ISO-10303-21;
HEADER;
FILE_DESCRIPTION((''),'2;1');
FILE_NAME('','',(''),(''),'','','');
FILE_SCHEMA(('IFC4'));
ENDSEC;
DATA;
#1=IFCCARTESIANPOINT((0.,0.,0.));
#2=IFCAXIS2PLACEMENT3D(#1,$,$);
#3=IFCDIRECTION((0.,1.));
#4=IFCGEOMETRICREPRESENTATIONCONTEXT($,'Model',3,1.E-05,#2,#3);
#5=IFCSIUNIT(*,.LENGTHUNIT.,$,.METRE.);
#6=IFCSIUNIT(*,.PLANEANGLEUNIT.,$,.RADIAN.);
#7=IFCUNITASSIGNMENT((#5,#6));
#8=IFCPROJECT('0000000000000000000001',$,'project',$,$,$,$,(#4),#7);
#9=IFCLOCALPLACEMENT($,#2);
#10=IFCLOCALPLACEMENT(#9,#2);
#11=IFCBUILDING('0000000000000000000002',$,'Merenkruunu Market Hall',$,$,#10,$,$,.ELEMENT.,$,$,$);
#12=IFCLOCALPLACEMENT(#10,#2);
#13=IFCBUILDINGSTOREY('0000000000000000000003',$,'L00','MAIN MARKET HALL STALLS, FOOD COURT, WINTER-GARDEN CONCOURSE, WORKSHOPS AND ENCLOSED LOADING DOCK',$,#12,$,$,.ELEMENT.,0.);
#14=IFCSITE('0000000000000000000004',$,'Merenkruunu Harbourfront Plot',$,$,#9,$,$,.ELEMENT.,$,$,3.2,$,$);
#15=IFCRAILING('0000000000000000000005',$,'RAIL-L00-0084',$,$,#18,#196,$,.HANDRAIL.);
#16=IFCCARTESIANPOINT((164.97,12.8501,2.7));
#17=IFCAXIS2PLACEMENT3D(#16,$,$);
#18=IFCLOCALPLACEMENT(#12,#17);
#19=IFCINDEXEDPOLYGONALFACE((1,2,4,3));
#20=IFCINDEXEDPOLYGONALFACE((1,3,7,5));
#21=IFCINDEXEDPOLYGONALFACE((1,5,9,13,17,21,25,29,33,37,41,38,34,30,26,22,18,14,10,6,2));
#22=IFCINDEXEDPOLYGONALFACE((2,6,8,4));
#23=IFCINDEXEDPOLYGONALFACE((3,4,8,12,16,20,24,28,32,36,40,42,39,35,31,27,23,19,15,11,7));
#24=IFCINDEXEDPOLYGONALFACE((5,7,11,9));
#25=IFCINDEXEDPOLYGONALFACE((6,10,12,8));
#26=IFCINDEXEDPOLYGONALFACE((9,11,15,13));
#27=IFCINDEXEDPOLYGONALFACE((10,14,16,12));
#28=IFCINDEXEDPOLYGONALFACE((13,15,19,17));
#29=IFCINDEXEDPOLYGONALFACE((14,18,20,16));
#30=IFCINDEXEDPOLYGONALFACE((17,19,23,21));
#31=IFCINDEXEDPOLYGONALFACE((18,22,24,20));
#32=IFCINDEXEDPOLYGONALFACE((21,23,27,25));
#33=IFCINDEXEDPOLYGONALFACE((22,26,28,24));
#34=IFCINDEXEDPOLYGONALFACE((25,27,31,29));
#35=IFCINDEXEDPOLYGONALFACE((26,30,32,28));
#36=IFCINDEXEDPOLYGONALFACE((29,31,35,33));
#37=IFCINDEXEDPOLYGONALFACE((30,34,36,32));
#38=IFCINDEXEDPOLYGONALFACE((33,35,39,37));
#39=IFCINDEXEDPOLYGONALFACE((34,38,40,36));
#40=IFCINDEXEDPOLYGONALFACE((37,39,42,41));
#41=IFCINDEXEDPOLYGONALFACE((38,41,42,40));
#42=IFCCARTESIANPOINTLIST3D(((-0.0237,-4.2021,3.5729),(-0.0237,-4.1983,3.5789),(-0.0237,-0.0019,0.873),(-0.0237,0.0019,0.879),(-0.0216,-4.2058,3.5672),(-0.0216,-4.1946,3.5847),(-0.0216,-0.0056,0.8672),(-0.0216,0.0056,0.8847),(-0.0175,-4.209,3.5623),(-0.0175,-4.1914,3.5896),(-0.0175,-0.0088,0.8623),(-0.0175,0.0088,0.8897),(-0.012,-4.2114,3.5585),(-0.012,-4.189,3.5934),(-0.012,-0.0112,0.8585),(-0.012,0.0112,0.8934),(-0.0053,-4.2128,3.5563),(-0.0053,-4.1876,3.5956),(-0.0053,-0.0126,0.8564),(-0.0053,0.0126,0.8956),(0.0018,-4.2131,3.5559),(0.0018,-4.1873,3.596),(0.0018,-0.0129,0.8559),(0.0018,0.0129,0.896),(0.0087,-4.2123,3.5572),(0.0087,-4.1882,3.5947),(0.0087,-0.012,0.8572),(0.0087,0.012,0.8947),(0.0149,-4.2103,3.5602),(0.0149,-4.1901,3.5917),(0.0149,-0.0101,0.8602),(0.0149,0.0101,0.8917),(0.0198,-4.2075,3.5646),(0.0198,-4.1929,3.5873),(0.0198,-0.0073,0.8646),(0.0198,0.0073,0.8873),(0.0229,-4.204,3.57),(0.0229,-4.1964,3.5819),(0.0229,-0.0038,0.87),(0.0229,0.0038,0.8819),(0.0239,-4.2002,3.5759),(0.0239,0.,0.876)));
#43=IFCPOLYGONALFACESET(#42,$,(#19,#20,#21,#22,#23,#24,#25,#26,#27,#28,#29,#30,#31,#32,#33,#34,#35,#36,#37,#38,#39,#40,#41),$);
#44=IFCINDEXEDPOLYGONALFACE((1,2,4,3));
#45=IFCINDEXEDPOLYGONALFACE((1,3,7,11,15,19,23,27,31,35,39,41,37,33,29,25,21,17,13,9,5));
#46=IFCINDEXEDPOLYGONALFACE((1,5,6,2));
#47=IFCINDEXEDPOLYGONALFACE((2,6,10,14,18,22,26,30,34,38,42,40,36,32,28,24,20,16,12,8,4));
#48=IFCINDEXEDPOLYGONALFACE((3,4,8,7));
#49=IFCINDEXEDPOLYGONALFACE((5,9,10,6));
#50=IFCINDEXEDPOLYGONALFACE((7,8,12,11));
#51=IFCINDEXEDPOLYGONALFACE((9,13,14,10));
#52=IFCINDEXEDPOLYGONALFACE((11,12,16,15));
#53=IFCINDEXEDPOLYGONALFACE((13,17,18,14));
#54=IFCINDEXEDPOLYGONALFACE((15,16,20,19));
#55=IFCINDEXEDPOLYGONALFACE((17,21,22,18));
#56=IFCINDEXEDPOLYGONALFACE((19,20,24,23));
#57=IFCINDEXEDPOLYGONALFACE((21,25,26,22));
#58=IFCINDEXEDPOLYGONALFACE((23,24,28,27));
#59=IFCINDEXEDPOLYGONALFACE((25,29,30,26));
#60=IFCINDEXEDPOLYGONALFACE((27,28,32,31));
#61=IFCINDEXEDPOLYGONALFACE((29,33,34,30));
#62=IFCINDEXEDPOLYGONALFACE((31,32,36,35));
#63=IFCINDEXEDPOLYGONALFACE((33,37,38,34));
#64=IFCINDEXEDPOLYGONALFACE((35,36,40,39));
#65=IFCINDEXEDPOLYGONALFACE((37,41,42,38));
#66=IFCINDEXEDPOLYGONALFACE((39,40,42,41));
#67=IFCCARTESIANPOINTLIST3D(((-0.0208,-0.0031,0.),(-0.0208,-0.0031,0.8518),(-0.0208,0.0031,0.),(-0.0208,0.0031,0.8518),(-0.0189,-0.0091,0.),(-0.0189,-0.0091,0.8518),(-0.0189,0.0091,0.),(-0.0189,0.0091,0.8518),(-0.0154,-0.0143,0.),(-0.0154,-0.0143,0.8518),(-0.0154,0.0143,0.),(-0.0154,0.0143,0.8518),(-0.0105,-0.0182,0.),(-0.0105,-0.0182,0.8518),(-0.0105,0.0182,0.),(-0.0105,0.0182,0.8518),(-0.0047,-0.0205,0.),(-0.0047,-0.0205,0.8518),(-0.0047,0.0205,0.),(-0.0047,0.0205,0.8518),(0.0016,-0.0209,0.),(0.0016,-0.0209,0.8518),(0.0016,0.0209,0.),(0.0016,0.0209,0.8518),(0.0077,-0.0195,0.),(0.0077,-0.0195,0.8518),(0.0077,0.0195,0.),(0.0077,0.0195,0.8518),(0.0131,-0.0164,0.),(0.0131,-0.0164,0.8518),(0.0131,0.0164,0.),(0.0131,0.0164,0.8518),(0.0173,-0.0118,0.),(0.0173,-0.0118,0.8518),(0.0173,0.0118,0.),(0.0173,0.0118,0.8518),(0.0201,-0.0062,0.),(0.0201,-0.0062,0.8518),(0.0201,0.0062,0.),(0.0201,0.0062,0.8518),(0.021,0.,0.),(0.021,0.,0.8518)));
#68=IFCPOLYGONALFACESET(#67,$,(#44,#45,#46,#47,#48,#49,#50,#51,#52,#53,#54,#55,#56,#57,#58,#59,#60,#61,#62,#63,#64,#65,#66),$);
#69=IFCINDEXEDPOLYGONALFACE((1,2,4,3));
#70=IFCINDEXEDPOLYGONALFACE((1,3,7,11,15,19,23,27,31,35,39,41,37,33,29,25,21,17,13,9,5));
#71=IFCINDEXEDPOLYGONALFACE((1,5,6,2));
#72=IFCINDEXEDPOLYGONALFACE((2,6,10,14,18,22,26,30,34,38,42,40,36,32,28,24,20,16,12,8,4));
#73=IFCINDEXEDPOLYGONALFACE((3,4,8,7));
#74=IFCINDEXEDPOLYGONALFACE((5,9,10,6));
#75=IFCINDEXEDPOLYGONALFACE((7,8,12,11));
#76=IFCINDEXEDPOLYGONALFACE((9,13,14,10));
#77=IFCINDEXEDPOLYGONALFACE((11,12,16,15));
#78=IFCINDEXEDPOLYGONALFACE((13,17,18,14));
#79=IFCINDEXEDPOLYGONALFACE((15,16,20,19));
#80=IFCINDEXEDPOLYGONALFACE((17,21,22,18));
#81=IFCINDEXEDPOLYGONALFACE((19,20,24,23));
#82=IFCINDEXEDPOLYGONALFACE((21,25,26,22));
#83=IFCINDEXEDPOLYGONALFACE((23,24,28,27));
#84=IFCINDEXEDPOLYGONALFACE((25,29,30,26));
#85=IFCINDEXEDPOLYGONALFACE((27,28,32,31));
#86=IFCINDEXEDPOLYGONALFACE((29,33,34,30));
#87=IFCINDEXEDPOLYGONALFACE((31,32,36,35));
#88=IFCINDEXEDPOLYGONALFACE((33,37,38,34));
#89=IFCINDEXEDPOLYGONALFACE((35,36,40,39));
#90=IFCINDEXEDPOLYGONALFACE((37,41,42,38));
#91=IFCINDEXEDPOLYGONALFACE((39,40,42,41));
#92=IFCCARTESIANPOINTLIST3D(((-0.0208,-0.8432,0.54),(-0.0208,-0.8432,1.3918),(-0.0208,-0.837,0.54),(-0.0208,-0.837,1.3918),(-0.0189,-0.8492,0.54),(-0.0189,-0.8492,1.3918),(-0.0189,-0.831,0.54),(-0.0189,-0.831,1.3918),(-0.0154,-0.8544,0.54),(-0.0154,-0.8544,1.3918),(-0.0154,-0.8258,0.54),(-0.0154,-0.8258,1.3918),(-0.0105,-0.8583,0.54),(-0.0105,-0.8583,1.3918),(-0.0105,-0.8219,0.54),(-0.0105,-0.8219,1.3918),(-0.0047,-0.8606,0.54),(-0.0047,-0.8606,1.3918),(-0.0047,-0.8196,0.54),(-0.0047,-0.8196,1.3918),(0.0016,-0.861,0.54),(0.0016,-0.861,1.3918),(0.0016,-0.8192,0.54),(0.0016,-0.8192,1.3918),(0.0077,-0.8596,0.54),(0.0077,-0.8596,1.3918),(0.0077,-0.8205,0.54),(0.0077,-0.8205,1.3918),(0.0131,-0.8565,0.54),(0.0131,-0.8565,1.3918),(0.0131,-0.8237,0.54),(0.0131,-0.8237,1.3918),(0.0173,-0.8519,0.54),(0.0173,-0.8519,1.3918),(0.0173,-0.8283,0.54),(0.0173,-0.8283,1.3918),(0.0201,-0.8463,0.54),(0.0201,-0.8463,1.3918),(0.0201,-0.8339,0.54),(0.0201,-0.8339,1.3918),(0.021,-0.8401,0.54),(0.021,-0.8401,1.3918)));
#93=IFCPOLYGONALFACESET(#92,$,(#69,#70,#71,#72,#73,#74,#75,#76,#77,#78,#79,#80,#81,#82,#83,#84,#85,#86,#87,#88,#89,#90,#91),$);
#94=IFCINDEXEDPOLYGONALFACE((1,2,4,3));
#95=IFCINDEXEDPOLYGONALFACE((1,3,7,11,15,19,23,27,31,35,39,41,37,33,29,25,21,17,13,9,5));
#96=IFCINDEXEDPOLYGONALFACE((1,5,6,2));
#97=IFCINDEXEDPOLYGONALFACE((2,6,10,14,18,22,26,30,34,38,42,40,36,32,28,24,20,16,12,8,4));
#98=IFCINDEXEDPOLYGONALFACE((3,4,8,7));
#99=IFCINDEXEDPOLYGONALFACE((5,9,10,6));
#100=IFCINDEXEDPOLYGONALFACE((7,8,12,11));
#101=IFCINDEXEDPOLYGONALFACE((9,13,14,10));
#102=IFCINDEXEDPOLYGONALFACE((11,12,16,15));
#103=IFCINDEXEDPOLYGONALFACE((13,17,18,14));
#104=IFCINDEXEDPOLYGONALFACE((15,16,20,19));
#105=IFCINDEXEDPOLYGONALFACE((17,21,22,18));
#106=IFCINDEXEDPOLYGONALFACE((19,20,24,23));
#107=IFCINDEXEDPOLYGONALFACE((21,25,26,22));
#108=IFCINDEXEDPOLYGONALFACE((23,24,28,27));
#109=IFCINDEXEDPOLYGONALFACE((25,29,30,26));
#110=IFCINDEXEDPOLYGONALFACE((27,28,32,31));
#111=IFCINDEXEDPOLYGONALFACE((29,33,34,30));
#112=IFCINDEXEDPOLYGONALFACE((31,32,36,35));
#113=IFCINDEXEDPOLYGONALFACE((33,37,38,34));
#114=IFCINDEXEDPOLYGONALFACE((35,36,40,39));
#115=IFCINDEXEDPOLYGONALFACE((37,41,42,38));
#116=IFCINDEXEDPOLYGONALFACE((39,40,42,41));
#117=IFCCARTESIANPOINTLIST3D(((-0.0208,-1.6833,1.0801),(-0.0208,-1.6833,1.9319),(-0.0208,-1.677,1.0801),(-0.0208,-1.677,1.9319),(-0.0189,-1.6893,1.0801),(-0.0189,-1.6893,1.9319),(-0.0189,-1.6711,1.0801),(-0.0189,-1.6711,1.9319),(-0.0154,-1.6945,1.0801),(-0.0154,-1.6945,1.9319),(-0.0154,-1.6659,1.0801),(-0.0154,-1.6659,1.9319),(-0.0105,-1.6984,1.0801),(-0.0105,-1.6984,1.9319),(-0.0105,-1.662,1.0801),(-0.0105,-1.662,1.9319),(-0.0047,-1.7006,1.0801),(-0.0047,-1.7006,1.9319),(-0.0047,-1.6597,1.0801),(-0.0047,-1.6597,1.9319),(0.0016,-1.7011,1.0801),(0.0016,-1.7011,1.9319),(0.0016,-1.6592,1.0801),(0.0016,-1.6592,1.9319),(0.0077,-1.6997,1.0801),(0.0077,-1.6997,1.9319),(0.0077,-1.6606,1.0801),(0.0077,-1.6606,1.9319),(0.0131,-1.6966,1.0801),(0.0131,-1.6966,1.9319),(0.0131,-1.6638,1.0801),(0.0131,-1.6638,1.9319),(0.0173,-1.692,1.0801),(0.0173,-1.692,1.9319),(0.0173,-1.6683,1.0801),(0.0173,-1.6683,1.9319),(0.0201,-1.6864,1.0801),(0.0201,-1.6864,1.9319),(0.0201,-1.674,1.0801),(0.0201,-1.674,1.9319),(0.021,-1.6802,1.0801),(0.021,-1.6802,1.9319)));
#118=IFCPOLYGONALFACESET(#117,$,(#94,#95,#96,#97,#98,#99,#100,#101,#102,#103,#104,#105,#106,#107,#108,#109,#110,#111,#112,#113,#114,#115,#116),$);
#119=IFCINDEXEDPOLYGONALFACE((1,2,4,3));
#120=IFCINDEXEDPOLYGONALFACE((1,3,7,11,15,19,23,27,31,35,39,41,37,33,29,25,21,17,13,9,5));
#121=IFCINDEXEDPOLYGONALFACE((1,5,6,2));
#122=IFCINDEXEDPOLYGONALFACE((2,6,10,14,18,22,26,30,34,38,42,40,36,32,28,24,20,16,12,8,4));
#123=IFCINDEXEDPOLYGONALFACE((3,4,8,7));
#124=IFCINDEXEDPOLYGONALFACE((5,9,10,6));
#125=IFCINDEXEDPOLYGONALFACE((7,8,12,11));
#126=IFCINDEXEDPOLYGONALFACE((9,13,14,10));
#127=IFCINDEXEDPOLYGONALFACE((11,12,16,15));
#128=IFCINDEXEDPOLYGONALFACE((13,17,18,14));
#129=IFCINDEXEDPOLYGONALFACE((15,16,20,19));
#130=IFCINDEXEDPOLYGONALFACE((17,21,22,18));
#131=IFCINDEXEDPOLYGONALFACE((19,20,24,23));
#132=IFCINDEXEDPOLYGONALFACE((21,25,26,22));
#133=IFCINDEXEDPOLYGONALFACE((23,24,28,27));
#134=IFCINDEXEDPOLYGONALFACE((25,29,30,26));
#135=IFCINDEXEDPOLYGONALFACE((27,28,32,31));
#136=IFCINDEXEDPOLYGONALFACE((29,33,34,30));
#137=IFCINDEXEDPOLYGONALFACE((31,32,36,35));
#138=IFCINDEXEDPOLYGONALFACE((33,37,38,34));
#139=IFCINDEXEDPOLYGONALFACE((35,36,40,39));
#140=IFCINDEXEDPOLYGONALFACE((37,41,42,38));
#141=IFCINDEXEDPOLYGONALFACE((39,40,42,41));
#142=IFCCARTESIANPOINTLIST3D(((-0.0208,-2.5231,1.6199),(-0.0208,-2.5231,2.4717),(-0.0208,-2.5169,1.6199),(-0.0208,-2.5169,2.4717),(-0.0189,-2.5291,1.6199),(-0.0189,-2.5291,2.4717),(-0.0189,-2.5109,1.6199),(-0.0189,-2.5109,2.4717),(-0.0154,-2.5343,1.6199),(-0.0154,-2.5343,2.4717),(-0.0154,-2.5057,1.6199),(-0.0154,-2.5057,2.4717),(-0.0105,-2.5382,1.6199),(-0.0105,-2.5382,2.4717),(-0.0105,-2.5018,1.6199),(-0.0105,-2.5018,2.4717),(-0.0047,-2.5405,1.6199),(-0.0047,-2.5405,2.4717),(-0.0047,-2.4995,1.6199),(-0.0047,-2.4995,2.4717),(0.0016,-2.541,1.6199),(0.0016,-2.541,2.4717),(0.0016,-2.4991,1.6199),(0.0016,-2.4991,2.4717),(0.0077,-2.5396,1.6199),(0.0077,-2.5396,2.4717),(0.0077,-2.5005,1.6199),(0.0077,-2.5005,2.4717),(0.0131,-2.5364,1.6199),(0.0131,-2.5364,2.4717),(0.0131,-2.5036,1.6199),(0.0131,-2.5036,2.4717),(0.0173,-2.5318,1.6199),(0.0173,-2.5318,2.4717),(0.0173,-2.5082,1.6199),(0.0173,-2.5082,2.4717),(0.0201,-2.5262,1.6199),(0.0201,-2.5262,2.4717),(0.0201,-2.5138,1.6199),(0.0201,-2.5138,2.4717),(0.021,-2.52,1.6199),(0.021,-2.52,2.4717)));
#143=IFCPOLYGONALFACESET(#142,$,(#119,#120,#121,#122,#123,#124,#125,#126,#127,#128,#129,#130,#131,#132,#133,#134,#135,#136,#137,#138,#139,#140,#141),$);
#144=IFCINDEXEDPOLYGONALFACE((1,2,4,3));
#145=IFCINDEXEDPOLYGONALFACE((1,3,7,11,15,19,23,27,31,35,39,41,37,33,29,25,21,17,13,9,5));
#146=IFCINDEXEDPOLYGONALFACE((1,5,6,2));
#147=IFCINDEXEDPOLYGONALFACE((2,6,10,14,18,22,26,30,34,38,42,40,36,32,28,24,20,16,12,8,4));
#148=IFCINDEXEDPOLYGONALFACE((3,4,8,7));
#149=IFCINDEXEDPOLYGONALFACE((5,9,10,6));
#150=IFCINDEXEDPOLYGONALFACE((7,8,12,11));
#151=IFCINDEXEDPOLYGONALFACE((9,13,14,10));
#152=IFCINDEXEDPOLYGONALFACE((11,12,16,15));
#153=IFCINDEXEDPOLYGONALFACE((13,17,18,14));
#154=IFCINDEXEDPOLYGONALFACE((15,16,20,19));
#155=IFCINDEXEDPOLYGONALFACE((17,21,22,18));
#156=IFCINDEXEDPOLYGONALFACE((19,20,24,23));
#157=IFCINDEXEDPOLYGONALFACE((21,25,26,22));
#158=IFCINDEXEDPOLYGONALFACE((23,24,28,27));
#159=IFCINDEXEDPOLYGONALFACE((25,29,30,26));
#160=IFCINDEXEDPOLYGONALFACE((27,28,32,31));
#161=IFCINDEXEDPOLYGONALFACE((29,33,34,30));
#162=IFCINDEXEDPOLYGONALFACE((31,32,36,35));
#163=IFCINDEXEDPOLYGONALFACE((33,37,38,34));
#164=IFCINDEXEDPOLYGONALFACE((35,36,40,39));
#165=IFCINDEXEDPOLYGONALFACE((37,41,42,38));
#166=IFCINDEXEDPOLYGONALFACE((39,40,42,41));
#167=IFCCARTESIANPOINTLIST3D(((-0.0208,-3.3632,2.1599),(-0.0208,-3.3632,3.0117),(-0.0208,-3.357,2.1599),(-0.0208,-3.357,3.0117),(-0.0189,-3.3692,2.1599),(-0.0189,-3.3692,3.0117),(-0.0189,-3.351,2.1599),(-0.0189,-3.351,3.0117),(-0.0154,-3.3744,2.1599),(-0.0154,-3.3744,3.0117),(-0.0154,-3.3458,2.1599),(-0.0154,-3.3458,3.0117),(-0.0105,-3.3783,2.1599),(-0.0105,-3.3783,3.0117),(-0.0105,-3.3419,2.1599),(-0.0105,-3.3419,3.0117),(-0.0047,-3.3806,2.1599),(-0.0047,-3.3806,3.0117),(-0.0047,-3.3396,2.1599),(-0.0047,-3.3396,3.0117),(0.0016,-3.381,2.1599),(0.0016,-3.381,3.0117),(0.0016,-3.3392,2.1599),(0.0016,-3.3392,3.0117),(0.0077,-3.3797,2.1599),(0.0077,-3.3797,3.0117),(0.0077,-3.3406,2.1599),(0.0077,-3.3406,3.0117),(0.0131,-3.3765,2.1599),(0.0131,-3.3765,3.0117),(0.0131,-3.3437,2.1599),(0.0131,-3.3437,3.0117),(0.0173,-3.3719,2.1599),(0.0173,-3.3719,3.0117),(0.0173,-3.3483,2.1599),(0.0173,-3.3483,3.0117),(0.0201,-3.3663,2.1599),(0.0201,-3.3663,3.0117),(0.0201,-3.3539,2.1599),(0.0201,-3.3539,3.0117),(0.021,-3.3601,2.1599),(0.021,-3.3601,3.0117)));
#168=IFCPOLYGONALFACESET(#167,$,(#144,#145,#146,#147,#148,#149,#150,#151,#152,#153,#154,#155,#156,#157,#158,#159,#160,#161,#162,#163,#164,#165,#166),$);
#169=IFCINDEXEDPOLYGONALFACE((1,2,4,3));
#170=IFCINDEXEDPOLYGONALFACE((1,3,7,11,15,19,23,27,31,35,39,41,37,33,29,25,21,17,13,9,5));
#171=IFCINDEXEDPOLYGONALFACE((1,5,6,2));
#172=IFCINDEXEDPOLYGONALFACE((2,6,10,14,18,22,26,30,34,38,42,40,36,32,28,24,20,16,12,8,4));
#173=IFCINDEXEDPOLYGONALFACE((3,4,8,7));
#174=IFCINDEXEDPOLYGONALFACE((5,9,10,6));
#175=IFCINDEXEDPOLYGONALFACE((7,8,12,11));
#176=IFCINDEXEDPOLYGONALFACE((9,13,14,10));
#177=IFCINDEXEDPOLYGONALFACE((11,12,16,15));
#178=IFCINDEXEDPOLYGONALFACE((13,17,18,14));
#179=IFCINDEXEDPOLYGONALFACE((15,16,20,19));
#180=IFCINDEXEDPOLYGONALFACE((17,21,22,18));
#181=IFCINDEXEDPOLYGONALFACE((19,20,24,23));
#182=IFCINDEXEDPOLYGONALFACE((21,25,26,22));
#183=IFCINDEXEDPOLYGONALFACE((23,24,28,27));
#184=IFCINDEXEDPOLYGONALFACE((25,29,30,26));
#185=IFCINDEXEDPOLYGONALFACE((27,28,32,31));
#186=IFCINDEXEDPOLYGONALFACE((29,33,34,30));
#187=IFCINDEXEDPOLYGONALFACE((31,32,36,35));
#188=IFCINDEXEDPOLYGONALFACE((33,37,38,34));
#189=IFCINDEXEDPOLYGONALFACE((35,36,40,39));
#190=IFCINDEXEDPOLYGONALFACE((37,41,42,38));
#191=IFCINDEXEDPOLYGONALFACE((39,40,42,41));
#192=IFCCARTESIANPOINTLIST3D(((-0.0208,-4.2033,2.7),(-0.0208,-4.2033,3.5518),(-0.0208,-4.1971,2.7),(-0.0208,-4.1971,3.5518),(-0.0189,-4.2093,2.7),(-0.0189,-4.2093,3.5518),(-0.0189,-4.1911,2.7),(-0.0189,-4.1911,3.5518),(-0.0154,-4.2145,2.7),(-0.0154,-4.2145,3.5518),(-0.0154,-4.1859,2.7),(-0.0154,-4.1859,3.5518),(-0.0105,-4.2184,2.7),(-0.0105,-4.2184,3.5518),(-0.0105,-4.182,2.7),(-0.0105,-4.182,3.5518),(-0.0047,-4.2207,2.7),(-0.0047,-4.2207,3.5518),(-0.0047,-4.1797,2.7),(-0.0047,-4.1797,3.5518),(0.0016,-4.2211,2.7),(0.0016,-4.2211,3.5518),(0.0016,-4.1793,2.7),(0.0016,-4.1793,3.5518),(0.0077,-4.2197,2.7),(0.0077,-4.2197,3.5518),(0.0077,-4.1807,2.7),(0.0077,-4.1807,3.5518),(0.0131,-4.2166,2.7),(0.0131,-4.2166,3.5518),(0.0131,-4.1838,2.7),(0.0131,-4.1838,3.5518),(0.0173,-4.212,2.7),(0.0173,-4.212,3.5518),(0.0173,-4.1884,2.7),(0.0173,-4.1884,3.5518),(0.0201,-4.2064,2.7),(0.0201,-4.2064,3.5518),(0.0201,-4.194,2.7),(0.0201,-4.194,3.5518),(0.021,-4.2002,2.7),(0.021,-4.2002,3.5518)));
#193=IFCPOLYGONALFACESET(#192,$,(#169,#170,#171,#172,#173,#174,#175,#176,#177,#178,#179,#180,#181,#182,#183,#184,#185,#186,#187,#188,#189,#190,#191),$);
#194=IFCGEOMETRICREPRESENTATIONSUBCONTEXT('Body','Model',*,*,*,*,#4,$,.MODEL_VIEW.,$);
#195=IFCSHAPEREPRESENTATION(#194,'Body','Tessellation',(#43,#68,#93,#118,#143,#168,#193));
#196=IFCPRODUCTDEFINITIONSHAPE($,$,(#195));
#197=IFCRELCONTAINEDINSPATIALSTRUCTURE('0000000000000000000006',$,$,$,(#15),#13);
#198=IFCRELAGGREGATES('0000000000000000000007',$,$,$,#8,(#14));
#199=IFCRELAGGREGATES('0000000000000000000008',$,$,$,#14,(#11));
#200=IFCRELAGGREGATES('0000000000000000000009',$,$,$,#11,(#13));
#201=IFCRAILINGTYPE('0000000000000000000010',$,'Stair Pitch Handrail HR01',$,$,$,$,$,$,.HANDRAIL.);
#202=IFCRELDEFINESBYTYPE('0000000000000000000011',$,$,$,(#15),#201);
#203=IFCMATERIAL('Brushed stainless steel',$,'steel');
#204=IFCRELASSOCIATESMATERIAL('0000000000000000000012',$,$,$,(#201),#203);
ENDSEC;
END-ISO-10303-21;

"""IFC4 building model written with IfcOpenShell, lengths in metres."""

from ifc_helpers import new_model, si_unit, direction, frame, origin, origin_2d, place, context, subcontext, project, spatial, circle, extrude, material, type_object, element, save


model = new_model("IFC4")

# Units and contexts
model_context = context("Model", 3, precision=1e-05, world=origin(), true_north=direction((0.0, 1.0)))
body_context = subcontext(model_context, "Body", "Model", "MODEL_VIEW")
ifc_project = project(units=[si_unit("LENGTHUNIT", "METRE"), si_unit("PLANEANGLEUNIT", "RADIAN")], contexts=[model_context])

# Site, building, storey
site_placement = place(None, origin())
site = spatial("IfcSite", under=ifc_project, at=site_placement, Name="Merenkruunu Harbourfront Plot", CompositionType="ELEMENT", RefElevation=3.2)
building_placement = place(site_placement, origin())
building = spatial("IfcBuilding", under=site, at=building_placement, Name="Merenkruunu Market Hall", CompositionType="ELEMENT")
storey_placement = place(building_placement, origin())
storey = spatial("IfcBuildingStorey", under=building, at=storey_placement, Name="L00", Description="MAIN MARKET HALL STALLS, FOOD COURT, WINTER-GARDEN CONCOURSE, WORKSHOPS AND ENCLOSED LOADING DOCK", CompositionType="ELEMENT", Elevation=0.0)

# Railing
ifc_material_1 = material(Name="Brushed stainless steel", Category="steel")
railing_type_1 = type_object("IfcRailingType", Name="Stair Pitch Handrail HR01", PredefinedType="HANDRAIL", material=ifc_material_1)
railing_1_placement = place(storey_placement, frame((164.97, 12.8501, 2.7)))
element("IfcRailing", 1, at=railing_1_placement, inside=storey, type_object=railing_type_1, Name="RAIL-L00-0084", PredefinedType="HANDRAIL", context=body_context, shape_type="SweptSolid", body=[
    extrude(circle(Radius=0.0239, at=origin_2d()), frame((0.0, 0.0, 0.876), z_axis=(0.0, -0.841194, 0.540733), x_axis=(1.0, 0.0, 0.0)), (0.0, 0.0, 1.0), 4.9932),
    extrude(circle(Radius=0.021, at=origin_2d()), origin(), (0.0, 0.0, 1.0), 0.8518),
    extrude(circle(Radius=0.021, at=origin_2d()), frame((0.0, -0.8401, 0.54)), (0.0, 0.0, 1.0), 0.8518),
    extrude(circle(Radius=0.021, at=origin_2d()), frame((0.0, -1.6802, 1.0801)), (0.0, 0.0, 1.0), 0.8518),
    extrude(circle(Radius=0.021, at=origin_2d()), frame((0.0, -2.52, 1.6199)), (0.0, 0.0, 1.0), 0.8518),
    extrude(circle(Radius=0.021, at=origin_2d()), frame((0.0, -3.3601, 2.1599)), (0.0, 0.0, 1.0), 0.8518),
    extrude(circle(Radius=0.021, at=origin_2d()), frame((0.0, -4.2002, 2.7)), (0.0, 0.0, 1.0), 0.8518),
])

save(model, "model.ifc")
